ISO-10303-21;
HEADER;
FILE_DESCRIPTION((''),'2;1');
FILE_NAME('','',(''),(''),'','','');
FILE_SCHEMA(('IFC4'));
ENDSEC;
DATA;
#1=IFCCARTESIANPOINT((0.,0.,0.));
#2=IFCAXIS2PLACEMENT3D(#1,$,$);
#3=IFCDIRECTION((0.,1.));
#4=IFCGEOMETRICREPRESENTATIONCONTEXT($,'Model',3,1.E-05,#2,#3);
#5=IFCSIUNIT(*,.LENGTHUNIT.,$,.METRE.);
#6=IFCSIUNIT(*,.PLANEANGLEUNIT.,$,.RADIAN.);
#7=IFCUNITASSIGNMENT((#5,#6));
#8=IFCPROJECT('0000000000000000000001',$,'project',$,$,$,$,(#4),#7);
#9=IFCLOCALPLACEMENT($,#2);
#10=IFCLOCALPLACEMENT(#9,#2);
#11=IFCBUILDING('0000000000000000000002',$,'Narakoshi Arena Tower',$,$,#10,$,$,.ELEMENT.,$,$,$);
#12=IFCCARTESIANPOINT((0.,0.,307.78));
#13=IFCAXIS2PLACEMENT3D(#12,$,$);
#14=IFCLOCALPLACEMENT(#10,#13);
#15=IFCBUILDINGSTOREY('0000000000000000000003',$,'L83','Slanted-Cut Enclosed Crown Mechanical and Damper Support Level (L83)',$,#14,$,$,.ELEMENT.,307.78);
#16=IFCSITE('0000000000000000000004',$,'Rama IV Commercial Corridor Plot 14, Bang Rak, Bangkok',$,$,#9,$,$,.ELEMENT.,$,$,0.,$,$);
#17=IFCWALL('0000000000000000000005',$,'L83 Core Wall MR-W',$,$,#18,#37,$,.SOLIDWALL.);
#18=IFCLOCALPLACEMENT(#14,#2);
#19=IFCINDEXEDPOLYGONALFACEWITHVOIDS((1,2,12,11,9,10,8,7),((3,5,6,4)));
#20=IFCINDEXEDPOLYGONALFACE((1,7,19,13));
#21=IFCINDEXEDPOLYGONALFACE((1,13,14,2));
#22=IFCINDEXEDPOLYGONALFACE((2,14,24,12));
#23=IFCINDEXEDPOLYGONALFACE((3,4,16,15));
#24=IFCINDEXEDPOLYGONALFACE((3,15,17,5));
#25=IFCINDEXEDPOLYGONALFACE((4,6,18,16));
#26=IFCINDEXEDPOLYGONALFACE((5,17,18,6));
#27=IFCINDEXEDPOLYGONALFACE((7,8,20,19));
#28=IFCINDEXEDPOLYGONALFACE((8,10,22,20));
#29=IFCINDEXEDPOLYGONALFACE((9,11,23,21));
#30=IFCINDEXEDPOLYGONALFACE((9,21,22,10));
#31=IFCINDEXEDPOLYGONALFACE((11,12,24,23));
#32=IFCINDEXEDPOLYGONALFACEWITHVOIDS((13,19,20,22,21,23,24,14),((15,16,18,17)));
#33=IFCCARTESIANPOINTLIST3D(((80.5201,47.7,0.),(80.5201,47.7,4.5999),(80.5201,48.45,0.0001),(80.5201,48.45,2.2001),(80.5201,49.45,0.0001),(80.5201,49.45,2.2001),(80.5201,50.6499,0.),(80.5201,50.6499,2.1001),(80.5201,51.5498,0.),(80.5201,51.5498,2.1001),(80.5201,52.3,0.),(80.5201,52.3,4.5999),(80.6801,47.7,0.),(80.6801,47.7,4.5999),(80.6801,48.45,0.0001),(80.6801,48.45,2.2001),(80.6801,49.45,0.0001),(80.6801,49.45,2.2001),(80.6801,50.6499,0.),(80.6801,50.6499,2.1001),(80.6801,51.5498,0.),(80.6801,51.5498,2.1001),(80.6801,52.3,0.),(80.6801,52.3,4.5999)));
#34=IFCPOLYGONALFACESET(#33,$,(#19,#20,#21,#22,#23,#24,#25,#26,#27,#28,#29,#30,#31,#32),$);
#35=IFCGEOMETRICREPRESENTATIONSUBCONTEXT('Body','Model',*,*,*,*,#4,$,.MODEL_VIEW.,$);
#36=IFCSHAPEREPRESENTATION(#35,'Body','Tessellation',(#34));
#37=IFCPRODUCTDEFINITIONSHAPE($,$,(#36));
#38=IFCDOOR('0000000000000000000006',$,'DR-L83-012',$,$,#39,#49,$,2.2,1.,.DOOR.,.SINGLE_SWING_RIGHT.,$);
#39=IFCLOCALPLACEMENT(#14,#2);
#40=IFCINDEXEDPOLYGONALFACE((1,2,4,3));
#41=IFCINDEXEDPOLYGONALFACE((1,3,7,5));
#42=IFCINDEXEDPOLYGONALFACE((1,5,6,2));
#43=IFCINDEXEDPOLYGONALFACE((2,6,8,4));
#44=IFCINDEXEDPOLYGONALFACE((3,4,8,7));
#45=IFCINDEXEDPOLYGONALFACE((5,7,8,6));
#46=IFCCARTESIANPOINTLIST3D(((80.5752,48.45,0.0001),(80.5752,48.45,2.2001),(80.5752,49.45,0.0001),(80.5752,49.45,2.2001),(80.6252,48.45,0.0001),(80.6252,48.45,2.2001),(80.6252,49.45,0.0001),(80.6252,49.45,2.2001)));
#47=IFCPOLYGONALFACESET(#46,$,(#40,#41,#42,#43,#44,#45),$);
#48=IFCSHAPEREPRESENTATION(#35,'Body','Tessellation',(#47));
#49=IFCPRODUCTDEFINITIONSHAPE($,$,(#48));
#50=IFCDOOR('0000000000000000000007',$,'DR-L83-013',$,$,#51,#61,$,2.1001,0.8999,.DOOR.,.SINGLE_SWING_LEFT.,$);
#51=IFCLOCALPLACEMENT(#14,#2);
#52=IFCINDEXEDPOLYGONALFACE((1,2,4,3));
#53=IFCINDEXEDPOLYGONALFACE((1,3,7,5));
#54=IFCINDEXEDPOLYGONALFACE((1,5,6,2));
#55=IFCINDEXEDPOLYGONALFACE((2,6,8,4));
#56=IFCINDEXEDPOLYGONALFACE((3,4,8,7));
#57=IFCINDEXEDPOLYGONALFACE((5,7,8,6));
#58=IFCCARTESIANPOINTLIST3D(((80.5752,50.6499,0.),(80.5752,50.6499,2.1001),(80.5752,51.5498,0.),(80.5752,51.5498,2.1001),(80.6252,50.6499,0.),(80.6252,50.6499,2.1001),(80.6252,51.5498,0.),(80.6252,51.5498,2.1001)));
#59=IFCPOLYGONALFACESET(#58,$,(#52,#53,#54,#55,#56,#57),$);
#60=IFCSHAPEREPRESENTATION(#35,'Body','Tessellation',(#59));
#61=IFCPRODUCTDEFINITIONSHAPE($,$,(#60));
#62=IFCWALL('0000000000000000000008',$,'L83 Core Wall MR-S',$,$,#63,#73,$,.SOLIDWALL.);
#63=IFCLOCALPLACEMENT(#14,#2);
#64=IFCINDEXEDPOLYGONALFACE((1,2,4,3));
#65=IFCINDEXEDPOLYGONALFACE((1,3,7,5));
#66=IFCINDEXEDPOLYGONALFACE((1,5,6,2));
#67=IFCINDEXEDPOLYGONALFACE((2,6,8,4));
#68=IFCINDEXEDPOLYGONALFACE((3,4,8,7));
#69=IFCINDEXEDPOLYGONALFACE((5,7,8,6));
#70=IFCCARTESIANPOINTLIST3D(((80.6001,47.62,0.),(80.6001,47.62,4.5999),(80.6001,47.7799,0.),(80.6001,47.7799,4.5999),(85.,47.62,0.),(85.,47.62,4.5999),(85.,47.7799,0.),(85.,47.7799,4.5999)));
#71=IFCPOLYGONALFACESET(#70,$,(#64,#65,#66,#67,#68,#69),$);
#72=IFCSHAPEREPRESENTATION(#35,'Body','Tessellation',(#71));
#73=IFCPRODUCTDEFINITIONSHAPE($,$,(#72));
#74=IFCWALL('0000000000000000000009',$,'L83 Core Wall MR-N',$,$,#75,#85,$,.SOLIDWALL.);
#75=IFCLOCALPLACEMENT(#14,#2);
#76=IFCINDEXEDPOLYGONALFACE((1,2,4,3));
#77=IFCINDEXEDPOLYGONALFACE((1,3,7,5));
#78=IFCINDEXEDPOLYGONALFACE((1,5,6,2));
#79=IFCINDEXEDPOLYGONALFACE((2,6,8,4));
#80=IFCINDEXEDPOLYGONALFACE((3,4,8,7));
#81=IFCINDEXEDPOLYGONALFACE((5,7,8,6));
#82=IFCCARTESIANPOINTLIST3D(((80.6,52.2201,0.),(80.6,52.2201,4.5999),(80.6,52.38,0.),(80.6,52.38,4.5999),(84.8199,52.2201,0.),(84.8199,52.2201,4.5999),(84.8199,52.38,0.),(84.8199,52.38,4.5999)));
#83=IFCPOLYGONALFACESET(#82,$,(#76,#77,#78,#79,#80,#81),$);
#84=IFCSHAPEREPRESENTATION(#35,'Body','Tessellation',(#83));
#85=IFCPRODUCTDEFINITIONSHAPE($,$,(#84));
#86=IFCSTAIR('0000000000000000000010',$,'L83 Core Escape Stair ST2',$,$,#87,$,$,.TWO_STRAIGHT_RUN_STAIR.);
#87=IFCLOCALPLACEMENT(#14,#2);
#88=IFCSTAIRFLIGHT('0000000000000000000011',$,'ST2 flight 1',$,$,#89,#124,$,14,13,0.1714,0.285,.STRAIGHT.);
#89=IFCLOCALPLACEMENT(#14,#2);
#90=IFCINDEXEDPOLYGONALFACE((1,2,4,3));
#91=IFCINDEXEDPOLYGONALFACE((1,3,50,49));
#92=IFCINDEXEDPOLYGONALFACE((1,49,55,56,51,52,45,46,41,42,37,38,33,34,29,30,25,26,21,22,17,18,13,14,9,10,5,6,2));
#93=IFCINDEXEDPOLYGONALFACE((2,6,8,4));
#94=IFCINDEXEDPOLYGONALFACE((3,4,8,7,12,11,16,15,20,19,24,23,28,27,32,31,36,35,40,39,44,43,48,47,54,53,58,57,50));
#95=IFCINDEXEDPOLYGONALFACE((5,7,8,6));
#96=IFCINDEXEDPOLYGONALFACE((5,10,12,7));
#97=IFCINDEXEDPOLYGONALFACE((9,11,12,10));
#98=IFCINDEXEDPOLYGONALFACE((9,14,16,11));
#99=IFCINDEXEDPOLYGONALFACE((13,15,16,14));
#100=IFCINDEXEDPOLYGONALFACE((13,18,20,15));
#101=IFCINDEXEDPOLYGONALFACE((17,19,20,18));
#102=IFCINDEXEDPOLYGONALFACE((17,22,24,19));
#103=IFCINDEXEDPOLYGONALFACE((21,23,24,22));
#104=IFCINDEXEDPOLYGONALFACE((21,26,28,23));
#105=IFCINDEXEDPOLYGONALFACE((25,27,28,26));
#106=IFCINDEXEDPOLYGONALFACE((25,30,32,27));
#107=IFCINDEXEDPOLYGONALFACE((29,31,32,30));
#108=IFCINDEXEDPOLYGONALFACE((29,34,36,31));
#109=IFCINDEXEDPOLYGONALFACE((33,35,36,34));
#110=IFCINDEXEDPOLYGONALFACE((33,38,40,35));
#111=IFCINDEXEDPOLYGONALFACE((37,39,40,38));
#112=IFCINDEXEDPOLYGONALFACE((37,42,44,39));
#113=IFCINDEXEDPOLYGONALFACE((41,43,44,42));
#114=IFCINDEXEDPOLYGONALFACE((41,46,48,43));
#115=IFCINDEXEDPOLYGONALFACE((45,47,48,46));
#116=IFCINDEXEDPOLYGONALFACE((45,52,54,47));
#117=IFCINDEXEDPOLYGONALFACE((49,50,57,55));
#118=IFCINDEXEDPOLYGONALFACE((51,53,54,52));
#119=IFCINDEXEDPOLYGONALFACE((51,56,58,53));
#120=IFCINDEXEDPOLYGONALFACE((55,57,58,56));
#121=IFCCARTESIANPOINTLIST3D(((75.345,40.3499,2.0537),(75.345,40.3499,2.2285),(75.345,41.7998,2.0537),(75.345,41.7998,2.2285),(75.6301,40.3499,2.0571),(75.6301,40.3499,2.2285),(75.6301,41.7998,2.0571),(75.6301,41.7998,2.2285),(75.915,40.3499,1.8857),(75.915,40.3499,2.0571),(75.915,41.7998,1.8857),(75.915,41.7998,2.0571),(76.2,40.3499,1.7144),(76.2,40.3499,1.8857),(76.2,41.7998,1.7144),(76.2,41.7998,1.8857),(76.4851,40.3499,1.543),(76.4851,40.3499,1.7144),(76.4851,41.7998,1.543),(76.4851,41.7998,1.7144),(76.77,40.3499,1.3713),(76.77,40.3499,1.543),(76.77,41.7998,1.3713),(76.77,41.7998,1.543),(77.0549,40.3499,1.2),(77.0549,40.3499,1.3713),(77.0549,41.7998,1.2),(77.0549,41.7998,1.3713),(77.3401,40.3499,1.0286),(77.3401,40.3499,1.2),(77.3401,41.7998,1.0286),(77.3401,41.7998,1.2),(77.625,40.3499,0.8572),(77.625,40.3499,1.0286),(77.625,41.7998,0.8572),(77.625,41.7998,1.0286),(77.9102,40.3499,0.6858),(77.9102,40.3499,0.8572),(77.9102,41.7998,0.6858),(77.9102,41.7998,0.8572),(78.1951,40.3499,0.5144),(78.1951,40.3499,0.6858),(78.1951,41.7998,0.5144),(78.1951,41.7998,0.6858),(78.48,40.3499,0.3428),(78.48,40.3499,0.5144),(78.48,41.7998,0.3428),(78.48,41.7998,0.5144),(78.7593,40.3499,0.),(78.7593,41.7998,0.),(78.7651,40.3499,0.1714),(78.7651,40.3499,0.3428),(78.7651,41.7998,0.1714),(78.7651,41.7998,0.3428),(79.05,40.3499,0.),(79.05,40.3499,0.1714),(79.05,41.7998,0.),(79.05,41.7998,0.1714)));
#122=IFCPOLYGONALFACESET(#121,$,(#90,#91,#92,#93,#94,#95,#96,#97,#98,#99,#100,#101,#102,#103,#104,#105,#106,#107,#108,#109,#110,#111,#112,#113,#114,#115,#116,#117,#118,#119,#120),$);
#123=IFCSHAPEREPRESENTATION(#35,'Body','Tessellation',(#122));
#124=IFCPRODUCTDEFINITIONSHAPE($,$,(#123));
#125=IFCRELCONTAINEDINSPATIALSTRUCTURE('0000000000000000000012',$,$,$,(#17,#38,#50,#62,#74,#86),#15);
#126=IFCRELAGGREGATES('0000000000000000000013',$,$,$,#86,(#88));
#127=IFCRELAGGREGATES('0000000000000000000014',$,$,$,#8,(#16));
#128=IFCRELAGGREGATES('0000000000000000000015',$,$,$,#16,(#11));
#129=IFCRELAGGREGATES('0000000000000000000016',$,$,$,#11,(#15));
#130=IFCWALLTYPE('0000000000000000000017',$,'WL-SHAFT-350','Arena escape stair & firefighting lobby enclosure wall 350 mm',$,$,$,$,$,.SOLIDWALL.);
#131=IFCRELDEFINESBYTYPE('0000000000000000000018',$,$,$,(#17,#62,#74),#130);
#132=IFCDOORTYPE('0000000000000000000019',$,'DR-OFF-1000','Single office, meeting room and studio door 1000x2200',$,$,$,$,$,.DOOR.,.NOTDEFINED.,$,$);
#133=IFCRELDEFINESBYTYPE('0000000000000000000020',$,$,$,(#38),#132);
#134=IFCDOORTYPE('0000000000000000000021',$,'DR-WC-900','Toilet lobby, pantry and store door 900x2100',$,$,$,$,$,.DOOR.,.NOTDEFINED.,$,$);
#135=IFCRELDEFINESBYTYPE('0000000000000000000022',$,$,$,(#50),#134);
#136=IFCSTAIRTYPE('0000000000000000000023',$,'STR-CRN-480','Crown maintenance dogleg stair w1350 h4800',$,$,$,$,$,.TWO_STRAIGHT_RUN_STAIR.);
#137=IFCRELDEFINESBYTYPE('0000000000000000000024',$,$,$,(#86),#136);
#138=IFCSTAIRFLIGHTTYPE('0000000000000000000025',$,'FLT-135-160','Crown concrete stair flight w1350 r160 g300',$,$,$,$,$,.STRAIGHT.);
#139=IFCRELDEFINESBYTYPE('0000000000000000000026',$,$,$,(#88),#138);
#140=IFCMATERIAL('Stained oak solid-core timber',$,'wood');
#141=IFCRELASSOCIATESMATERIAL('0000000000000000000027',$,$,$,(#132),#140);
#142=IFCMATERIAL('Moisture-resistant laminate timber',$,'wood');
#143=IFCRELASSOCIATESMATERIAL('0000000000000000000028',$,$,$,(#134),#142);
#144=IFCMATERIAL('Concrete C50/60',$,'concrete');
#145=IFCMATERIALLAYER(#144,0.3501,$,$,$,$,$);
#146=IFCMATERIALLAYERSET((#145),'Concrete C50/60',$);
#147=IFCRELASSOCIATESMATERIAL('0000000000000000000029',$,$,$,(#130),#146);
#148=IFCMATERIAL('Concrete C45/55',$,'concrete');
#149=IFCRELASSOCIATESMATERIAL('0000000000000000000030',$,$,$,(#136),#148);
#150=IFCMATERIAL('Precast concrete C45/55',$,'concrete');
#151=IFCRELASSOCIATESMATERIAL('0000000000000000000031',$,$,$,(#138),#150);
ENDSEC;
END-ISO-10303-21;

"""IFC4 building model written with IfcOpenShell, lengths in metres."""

from ifc_helpers import new_model, si_unit, direction, frame, frame_2d, origin, place, context, subcontext, project, spatial, polyline, rectangle, outline, extrude, material, layer, layer_set, type_object, element, fill, aggregate, save


model = new_model("IFC4")

# Units and contexts
model_context = context("Model", 3, precision=1e-05, world=origin(), true_north=direction((0.0, 1.0)))
body_context = subcontext(model_context, "Body", "Model", "MODEL_VIEW")
ifc_project = project(units=[si_unit("LENGTHUNIT", "METRE"), si_unit("PLANEANGLEUNIT", "RADIAN")], contexts=[model_context])

# Site, building, storey
site_placement = place(None, origin())
site = spatial("IfcSite", under=ifc_project, at=site_placement, Name="Rama IV Commercial Corridor Plot 14, Bang Rak, Bangkok", CompositionType="ELEMENT", RefElevation=0.0)
building_placement = place(site_placement, origin())
building = spatial("IfcBuilding", under=site, at=building_placement, Name="Narakoshi Arena Tower", CompositionType="ELEMENT")
storey_placement = place(building_placement, frame((0.0, 0.0, 307.78)))
storey = spatial("IfcBuildingStorey", under=building, at=storey_placement, Name="L83", Description="Slanted-Cut Enclosed Crown Mechanical and Damper Support Level (L83)", CompositionType="ELEMENT", Elevation=307.78)

# Shared definitions
ifc_material_1 = material(Name="Stained oak solid-core timber", Category="wood")
door_type_1 = type_object("IfcDoorType", Name="DR-OFF-1000", Description="Single office, meeting room and studio door 1000x2200", OperationType="NOTDEFINED", PredefinedType="DOOR", material=ifc_material_1)

# Shared definitions
ifc_material_2 = material(Name="Moisture-resistant laminate timber", Category="wood")
door_type_2 = type_object("IfcDoorType", Name="DR-WC-900", Description="Toilet lobby, pantry and store door 900x2100", OperationType="NOTDEFINED", PredefinedType="DOOR", material=ifc_material_2)

# Wall, openings, doors
ifc_material_3 = material(Name="Concrete C50/60", Category="concrete")
ifc_layer_1 = layer(ifc_material_3, 0.3501)
ifc_layer_set_1 = layer_set([ifc_layer_1], Name="Concrete C50/60")
wall_type_1 = type_object("IfcWallType", Name="WL-SHAFT-350", Description="Arena escape stair & firefighting lobby enclosure wall 350 mm", PredefinedType="SOLIDWALL", material=ifc_layer_set_1)
wall_1_placement = place(storey_placement, frame((80.6001, 47.7, 0.0), z_axis=(0.0, 0.0, 1.0), x_axis=(0.0, 1.0, 0.0)))
wall_1 = element("IfcWall", 1, at=wall_1_placement, inside=storey, type_object=wall_type_1, Name="L83 Core Wall MR-W", PredefinedType="SOLIDWALL", context=body_context, shape_type="SweptSolid", body=[
    extrude(rectangle(XDim=4.6001, YDim=0.1599, at=frame_2d((2.3, 0.0))), origin(), (0.0, 0.0, 1.0), 4.5999),
])
opening_1_placement = place(wall_1_placement, frame((0.75, 0.0, 0.0)))
opening_1 = element("IfcOpeningElement", 2, at=opening_1_placement, cuts=wall_1, PredefinedType="OPENING", context=body_context, shape_type="SweptSolid", body=[
    extrude(rectangle(XDim=1.0, YDim=2.2, at=frame_2d((0.5, 1.1001))), frame((0.0, 0.0898, 0.0), z_axis=(0.0, -1.0, 0.0), x_axis=(1.0, 0.0, 0.0)), (0.0, 0.0, 1.0), 0.1799),
])
opening_2_placement = place(wall_1_placement, frame((2.95, 0.0, 0.0)))
opening_2 = element("IfcOpeningElement", 3, at=opening_2_placement, cuts=wall_1, PredefinedType="OPENING", context=body_context, shape_type="SweptSolid", body=[
    extrude(rectangle(XDim=0.8999, YDim=2.1001, at=frame_2d((0.45, 1.05))), frame((0.0, 0.0898, 0.0), z_axis=(0.0, -1.0, 0.0), x_axis=(1.0, 0.0, 0.0)), (0.0, 0.0, 1.0), 0.1799),
])
door_1_placement = place(opening_1_placement, origin())
door_1 = element("IfcDoor", 4, at=door_1_placement, inside=storey, type_object=door_type_1, Name="DR-L83-012", OperationType="SINGLE_SWING_RIGHT", OverallHeight=2.2, OverallWidth=1.0, PredefinedType="DOOR", context=body_context, shape_type="SweptSolid", body=[
    extrude(rectangle(XDim=1.0, YDim=2.2, at=frame_2d((0.5, 1.1001))), frame((0.0, 0.0249, 0.0), z_axis=(0.0, -1.0, 0.0), x_axis=(1.0, 0.0, 0.0)), (0.0, 0.0, 1.0), 0.05),
])
fill(opening_1, door_1)
door_2_placement = place(opening_2_placement, origin())
door_2 = element("IfcDoor", 5, at=door_2_placement, inside=storey, type_object=door_type_2, Name="DR-L83-013", OperationType="SINGLE_SWING_LEFT", OverallHeight=2.1001, OverallWidth=0.8999, PredefinedType="DOOR", context=body_context, shape_type="SweptSolid", body=[
    extrude(rectangle(XDim=0.8999, YDim=2.1001, at=frame_2d((0.45, 1.05))), frame((0.0, 0.0249, 0.0), z_axis=(0.0, -1.0, 0.0), x_axis=(1.0, 0.0, 0.0)), (0.0, 0.0, 1.0), 0.05),
])
fill(opening_2, door_2)

# Walls
wall_2_placement = place(storey_placement, frame((80.6001, 47.7, 0.0), z_axis=(0.0, 0.0, 1.0), x_axis=(1.0, 0.0, 0.0)))
element("IfcWall", 6, at=wall_2_placement, inside=storey, type_object=wall_type_1, Name="L83 Core Wall MR-S", PredefinedType="SOLIDWALL", context=body_context, shape_type="SweptSolid", body=[
    extrude(rectangle(XDim=4.3999, YDim=0.1599, at=frame_2d((2.2, 0.0))), origin(), (0.0, 0.0, 1.0), 4.5999),
])
wall_3_placement = place(storey_placement, frame((80.6001, 52.3, 0.0), z_axis=(0.0, 0.0, 1.0), x_axis=(1.0, 0.0, 0.0)))
element("IfcWall", 7, at=wall_3_placement, inside=storey, type_object=wall_type_1, Name="L83 Core Wall MR-N", PredefinedType="SOLIDWALL", context=body_context, shape_type="SweptSolid", body=[
    extrude(rectangle(XDim=4.22, YDim=0.1599, at=frame_2d((2.1099, 0.0))), origin(), (0.0, 0.0, 1.0), 4.5999),
])

# Stair, stair flight
ifc_material_4 = material(Name="Concrete C45/55", Category="concrete")
stair_type = type_object("IfcStairType", Name="STR-CRN-480", Description="Crown maintenance dogleg stair w1350 h4800", PredefinedType="TWO_STRAIGHT_RUN_STAIR", material=ifc_material_4)
stair_placement = place(storey_placement, origin())
stair = element("IfcStair", 8, at=stair_placement, inside=storey, type_object=stair_type, Name="L83 Core Escape Stair ST2", PredefinedType="TWO_STRAIGHT_RUN_STAIR")
ifc_material_5 = material(Name="Precast concrete C45/55", Category="concrete")
stair_flight_type = type_object("IfcStairFlightType", Name="FLT-135-160", Description="Crown concrete stair flight w1350 r160 g300", PredefinedType="STRAIGHT", material=ifc_material_5)
stair_flight_placement = place(storey_placement, frame((79.05, 41.075, 0.0), z_axis=(0.0, 0.0, 1.0), x_axis=(-1.0, 0.0, 0.0)))
stair_flight = element("IfcStairFlight", 9, at=stair_flight_placement, type_object=stair_flight_type, Name="ST2 flight 1", NumberOfRisers=14, NumberOfTreads=13, PredefinedType="STRAIGHT", RiserHeight=0.1714, TreadLength=0.285, context=body_context, shape_type="SweptSolid", body=[
    extrude(outline(polyline([(0.0, 0.0), (0.0, 0.1714), (0.2849, 0.1714), (0.2849, 0.3428), (0.5701, 0.3428), (0.5701, 0.5144), (0.855, 0.5144), (0.855, 0.6858), (1.1399, 0.6858), (1.1399, 0.8572), (1.425, 0.8572), (1.425, 1.0286), (1.71, 1.0286), (1.71, 1.2), (1.9951, 1.2), (1.9951, 1.3713), (2.28, 1.3713), (2.28, 1.543), (2.5649, 1.543), (2.5649, 1.7144), (2.8501, 1.7144), (2.8501, 1.8857), (3.135, 1.8857), (3.135, 2.0571), (3.4199, 2.0571), (3.4199, 2.2285), (3.7051, 2.2285), (3.7051, 2.3999), (3.7051, 2.0537), (0.2908, 0.0), (0.0, 0.0)])), frame((0.0, 0.7251, 0.0), z_axis=(0.0, -1.0, 0.0), x_axis=(1.0, 0.0, 0.0)), (0.0, 0.0, 1.0), 1.45),
])
aggregate(stair, [stair_flight])

save(model, "model.ifc")
